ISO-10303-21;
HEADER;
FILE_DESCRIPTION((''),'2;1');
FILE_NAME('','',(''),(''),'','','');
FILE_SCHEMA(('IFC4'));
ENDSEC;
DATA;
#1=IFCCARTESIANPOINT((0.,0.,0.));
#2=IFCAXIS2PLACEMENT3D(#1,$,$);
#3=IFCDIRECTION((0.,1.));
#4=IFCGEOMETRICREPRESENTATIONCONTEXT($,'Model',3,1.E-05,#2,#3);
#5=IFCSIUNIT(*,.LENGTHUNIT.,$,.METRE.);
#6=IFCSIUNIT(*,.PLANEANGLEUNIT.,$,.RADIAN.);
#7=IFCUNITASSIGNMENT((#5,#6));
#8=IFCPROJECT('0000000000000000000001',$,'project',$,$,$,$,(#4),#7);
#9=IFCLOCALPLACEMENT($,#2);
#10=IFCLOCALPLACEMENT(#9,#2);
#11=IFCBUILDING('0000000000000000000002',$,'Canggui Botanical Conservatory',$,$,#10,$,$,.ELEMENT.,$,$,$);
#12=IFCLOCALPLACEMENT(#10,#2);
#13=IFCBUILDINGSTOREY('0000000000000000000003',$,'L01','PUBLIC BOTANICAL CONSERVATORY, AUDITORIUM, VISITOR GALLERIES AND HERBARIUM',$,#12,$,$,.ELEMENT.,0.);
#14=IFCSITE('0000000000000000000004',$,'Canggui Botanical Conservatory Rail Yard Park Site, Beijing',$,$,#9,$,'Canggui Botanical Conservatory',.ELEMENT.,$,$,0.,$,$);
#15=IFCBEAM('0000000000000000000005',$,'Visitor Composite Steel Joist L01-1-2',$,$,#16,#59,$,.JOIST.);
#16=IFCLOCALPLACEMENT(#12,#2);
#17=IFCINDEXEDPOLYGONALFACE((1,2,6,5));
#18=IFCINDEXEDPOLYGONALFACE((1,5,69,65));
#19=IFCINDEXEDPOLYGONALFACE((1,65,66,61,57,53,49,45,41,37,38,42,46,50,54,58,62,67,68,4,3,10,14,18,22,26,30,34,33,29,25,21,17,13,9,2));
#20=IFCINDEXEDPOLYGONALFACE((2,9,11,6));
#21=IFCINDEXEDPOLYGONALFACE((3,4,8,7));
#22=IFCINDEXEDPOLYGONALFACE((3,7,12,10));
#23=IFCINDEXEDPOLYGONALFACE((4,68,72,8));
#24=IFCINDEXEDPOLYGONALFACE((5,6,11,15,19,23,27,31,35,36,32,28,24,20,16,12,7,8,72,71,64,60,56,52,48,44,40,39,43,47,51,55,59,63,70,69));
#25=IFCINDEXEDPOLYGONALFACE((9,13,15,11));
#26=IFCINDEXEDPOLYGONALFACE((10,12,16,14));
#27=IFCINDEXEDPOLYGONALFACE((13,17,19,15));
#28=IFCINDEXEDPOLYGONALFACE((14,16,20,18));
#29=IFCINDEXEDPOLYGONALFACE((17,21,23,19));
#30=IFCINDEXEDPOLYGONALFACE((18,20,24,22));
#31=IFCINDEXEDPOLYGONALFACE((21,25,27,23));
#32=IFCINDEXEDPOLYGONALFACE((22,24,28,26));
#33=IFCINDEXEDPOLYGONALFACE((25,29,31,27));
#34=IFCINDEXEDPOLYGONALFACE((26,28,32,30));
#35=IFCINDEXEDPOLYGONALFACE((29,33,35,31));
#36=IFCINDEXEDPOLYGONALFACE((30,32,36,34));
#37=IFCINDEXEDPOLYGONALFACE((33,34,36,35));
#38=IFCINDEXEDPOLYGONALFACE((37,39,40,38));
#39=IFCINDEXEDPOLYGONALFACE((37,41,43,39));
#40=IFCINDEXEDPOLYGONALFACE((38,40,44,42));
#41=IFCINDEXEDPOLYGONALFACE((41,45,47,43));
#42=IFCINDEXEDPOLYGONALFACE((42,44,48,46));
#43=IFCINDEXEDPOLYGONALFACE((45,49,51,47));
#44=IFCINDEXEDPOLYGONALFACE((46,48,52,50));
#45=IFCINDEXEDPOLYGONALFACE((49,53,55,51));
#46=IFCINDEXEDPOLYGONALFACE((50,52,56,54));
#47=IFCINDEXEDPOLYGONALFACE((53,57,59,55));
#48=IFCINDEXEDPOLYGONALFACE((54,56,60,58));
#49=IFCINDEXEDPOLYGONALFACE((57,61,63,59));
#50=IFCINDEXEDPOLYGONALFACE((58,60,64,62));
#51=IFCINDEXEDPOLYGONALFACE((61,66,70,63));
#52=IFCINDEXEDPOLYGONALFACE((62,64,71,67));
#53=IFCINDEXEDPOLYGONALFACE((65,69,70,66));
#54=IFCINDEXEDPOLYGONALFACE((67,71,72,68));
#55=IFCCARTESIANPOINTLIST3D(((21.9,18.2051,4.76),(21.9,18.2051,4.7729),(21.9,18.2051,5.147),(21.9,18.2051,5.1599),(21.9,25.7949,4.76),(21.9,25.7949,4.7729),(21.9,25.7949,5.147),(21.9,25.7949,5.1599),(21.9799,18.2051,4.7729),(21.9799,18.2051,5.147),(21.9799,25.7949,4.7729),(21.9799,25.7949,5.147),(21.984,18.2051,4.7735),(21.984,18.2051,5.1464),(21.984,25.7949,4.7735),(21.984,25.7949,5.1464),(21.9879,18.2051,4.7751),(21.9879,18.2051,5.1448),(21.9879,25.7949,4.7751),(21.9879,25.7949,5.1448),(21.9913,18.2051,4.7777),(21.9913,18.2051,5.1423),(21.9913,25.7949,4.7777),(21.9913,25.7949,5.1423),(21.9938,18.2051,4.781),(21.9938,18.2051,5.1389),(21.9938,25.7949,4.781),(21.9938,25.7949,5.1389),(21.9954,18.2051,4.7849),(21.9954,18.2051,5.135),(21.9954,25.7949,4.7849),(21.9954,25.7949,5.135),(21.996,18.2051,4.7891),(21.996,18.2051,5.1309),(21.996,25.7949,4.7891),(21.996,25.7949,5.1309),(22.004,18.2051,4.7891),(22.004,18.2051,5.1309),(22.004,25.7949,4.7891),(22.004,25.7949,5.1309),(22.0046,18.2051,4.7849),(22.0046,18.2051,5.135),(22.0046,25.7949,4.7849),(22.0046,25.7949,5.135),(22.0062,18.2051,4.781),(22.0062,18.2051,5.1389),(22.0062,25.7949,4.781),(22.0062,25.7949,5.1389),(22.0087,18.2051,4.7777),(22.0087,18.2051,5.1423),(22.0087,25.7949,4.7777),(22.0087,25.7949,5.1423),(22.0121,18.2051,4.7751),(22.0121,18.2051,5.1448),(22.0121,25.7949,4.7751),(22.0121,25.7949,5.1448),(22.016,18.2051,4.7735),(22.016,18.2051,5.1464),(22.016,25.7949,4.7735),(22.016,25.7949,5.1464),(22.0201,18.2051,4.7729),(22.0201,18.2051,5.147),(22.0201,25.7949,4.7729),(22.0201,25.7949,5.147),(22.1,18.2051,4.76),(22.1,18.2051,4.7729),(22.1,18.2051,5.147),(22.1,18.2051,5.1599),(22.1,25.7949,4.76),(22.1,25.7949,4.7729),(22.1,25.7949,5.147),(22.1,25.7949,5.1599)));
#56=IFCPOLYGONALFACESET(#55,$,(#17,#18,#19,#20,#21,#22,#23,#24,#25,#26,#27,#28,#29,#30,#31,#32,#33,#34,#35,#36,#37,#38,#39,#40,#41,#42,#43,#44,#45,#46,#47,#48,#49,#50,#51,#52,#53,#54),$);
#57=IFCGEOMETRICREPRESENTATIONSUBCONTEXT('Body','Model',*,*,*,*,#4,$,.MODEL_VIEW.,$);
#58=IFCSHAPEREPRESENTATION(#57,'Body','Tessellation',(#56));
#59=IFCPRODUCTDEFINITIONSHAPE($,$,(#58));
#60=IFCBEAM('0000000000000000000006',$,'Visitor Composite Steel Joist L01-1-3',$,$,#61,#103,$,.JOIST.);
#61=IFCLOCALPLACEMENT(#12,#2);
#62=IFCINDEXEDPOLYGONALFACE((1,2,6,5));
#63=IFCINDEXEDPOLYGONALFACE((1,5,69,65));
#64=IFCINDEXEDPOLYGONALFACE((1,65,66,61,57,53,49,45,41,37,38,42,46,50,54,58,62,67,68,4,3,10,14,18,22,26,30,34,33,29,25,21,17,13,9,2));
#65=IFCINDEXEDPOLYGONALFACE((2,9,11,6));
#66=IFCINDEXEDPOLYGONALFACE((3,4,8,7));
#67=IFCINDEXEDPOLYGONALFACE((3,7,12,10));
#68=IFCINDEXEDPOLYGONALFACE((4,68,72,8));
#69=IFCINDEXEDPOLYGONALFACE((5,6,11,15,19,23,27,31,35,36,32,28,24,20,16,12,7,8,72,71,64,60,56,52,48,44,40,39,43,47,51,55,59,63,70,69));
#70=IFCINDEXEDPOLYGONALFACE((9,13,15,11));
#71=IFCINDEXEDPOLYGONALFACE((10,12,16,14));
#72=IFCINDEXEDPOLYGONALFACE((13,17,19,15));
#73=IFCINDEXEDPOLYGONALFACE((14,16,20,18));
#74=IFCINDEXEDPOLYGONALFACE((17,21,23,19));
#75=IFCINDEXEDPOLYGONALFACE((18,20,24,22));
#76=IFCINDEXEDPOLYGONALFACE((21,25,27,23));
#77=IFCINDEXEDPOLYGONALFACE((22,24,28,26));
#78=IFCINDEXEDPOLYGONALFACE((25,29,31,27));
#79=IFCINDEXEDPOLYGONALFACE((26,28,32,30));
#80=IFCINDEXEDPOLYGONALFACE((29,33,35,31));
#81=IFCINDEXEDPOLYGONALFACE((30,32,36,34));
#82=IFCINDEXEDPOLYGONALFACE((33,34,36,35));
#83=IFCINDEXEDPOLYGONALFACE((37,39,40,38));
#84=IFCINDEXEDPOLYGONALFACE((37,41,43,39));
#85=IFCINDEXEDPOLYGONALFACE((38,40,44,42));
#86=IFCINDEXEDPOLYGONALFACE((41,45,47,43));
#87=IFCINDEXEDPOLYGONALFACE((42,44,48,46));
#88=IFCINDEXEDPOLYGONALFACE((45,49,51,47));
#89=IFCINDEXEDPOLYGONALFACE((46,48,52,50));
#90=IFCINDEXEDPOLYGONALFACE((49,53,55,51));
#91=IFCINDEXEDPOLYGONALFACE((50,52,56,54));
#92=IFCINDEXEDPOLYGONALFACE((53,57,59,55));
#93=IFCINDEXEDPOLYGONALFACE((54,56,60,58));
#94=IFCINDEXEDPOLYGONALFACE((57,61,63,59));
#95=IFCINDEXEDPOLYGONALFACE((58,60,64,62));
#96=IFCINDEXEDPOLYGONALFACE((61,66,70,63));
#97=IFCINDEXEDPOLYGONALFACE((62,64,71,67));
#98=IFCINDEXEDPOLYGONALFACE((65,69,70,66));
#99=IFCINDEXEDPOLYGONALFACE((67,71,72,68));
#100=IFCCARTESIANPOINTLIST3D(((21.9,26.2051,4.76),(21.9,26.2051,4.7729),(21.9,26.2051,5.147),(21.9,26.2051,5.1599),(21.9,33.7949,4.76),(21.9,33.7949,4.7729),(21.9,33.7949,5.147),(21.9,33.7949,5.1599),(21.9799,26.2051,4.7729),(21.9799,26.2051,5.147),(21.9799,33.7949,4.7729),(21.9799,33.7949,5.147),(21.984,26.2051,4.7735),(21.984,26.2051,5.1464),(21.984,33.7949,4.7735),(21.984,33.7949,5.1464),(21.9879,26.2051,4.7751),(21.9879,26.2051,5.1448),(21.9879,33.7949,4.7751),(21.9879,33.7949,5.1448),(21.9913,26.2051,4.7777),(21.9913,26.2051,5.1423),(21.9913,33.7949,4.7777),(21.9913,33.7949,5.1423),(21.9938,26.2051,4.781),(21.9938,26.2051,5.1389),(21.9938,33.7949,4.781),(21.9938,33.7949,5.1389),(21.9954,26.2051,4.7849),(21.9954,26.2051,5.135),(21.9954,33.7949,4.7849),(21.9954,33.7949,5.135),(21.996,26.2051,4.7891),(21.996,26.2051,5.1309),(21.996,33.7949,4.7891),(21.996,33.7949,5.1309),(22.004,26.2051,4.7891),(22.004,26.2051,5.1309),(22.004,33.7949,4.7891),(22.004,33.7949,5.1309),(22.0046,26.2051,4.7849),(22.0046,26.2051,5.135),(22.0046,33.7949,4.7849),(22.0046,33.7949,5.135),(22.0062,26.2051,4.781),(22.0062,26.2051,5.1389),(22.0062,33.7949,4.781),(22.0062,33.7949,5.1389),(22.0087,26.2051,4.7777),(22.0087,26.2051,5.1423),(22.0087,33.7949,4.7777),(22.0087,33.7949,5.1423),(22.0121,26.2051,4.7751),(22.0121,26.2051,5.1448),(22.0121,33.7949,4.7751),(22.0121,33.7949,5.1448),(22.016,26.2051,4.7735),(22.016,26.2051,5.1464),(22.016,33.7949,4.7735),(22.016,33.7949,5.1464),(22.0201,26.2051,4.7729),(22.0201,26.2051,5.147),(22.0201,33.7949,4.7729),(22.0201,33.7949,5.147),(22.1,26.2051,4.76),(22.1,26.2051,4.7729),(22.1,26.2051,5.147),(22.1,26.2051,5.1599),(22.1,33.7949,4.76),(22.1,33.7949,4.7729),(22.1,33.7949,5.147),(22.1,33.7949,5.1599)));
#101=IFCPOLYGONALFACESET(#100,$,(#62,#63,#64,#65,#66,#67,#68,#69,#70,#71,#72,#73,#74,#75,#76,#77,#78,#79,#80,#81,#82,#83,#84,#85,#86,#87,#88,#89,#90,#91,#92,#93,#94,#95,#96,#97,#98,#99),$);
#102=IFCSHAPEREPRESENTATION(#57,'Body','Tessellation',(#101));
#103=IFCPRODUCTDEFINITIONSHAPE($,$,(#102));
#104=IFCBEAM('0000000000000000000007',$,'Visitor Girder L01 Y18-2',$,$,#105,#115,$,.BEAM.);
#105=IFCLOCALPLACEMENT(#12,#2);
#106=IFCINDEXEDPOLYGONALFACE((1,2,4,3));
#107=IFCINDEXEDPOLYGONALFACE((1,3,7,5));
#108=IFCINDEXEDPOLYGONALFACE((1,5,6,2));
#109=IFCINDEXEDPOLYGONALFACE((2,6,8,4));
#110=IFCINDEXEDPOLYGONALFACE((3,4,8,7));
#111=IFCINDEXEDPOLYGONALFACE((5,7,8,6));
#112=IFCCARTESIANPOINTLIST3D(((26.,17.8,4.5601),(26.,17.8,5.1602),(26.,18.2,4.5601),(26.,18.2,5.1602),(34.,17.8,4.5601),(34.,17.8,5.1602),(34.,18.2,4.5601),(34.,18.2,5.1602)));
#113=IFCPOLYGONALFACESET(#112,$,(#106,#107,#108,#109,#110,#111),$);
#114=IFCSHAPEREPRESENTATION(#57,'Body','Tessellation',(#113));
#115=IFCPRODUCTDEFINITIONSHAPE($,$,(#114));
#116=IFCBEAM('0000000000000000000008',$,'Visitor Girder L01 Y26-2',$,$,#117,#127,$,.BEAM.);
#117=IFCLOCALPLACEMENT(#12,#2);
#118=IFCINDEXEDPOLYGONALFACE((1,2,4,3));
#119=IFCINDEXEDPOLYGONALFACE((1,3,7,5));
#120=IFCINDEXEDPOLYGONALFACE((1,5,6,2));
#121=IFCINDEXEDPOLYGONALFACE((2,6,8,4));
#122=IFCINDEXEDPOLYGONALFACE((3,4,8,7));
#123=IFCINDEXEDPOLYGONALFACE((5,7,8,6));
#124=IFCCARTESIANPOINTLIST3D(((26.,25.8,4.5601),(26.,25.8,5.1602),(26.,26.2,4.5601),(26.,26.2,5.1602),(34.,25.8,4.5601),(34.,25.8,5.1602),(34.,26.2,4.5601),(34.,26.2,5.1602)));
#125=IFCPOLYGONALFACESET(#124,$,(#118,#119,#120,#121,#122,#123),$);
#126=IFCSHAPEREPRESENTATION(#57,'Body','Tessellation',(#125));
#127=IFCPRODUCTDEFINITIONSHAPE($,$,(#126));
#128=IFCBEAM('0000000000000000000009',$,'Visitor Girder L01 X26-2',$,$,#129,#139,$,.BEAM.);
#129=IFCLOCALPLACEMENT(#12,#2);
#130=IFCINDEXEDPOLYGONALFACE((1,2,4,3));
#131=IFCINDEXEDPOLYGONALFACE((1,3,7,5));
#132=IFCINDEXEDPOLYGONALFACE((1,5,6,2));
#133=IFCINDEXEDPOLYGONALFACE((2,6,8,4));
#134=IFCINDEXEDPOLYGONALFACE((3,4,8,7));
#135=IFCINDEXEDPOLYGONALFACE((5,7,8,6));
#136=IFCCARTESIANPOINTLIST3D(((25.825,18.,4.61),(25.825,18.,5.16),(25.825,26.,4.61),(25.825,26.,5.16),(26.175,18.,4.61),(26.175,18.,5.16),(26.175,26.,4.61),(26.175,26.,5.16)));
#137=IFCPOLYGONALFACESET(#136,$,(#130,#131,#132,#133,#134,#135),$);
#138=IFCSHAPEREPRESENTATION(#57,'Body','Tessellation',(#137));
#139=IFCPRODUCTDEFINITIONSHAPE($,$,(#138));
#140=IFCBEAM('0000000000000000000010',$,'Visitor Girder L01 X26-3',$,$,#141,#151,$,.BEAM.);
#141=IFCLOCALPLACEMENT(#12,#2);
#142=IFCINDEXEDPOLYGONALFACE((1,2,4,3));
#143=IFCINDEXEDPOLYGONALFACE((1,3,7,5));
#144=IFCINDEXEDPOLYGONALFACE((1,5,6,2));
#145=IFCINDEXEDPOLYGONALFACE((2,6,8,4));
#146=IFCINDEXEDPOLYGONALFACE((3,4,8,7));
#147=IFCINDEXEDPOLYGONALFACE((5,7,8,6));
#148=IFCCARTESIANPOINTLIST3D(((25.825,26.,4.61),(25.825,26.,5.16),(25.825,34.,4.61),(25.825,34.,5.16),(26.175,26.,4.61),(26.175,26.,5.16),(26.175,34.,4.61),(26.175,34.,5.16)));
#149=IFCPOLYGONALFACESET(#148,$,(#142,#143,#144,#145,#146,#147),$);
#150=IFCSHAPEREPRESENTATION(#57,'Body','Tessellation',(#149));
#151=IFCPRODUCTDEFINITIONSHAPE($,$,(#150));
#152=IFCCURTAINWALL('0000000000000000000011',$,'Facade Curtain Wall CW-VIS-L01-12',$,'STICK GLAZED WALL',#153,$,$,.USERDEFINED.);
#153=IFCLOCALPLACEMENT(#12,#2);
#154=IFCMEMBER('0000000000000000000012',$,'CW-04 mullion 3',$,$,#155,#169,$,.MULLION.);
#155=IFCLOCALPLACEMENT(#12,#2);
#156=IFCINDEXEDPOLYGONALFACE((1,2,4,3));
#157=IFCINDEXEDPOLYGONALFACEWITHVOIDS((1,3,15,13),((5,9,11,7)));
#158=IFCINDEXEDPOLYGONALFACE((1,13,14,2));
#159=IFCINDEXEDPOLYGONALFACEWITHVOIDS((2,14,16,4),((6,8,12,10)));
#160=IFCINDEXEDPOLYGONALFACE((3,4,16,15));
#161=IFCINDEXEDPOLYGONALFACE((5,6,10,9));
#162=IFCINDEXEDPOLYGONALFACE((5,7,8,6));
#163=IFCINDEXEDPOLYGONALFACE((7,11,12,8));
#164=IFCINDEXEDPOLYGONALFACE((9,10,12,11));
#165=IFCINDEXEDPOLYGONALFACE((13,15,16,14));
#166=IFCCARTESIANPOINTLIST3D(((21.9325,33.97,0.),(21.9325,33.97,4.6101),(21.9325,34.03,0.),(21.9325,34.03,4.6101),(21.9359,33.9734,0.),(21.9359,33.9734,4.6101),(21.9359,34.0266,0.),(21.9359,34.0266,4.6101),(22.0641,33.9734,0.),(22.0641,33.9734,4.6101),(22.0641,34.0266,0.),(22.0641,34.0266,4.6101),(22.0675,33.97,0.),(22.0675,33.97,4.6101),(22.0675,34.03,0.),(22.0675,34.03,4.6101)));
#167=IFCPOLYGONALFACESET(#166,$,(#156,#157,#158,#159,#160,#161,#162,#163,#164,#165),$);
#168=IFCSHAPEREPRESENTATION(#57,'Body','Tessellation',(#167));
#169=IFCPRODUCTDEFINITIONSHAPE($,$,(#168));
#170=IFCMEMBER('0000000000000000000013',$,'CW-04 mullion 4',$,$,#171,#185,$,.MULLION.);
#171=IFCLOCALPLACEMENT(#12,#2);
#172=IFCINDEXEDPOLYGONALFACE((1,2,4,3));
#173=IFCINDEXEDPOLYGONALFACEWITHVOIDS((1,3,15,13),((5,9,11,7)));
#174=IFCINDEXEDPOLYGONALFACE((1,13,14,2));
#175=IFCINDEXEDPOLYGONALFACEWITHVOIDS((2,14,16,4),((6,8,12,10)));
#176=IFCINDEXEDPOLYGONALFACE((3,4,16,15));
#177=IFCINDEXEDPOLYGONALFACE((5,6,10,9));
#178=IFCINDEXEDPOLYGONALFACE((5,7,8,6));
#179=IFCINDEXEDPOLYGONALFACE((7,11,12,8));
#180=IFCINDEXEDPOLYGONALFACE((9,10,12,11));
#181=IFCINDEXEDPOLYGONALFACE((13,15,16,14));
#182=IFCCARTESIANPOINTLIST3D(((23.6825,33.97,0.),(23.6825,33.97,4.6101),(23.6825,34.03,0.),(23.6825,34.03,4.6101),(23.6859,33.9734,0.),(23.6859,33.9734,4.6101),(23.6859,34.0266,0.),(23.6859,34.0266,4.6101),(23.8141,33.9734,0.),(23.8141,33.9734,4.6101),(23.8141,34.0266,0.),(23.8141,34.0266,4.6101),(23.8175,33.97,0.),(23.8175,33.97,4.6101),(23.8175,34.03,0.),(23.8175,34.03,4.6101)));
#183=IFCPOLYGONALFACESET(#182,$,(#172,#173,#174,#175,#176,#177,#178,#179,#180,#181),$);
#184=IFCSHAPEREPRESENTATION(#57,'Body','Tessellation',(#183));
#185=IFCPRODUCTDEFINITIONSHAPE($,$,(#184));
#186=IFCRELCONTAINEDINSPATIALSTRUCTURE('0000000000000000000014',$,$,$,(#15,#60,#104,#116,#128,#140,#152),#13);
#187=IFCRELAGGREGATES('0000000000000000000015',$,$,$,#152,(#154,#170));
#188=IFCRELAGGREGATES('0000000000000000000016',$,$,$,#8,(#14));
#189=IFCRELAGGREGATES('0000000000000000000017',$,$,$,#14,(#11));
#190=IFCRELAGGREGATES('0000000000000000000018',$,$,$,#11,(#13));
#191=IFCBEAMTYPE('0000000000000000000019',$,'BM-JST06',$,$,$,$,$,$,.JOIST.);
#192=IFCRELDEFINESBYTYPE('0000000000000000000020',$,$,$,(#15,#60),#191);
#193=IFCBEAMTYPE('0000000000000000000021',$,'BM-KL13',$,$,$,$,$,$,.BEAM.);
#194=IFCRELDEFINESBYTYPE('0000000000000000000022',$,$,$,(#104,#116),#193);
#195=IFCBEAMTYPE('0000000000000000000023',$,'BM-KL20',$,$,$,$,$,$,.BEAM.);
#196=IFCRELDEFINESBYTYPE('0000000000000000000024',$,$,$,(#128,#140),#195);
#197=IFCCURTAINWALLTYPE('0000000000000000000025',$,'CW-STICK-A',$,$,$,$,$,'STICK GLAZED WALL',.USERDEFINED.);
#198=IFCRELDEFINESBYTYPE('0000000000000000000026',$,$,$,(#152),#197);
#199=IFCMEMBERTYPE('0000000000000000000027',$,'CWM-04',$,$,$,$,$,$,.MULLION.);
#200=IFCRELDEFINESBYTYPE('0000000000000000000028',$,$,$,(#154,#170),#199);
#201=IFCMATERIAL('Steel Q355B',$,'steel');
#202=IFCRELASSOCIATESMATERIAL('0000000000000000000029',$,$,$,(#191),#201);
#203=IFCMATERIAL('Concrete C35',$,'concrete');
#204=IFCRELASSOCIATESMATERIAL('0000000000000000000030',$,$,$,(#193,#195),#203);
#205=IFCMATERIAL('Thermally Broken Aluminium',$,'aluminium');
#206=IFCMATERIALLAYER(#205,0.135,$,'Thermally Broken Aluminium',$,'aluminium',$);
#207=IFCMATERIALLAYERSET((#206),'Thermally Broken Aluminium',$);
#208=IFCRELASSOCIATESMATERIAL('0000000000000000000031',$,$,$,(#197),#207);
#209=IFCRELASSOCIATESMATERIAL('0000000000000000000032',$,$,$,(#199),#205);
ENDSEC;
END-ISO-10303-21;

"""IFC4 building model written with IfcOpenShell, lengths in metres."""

from ifc_helpers import new_model, si_unit, direction, frame, origin, origin_2d, place, context, subcontext, project, spatial, rectangle, hollow_rectangle, i_section, extrude, material, layer, layer_set, material_profile, profile_set, type_object, element, aggregate, save


model = new_model("IFC4")

# Units and contexts
model_context = context("Model", 3, precision=1e-05, world=origin(), true_north=direction((0.0, 1.0)))
body_context = subcontext(model_context, "Body", "Model", "MODEL_VIEW")
ifc_project = project(units=[si_unit("LENGTHUNIT", "METRE"), si_unit("PLANEANGLEUNIT", "RADIAN")], contexts=[model_context])

# Site, building, storey
site_placement = place(None, origin())
site = spatial("IfcSite", under=ifc_project, at=site_placement, Name="Canggui Botanical Conservatory Rail Yard Park Site, Beijing", LongName="Canggui Botanical Conservatory", CompositionType="ELEMENT", RefElevation=0.0)
building_placement = place(site_placement, origin())
building = spatial("IfcBuilding", under=site, at=building_placement, Name="Canggui Botanical Conservatory", CompositionType="ELEMENT")
storey_placement = place(building_placement, origin())
storey = spatial("IfcBuildingStorey", under=building, at=storey_placement, Name="L01", Description="PUBLIC BOTANICAL CONSERVATORY, AUDITORIUM, VISITOR GALLERIES AND HERBARIUM", CompositionType="ELEMENT", Elevation=0.0)

# Shared definitions
ifc_material_1 = material(Name="Concrete C35", Category="concrete")

# Beams
ifc_material_2 = material(Name="Steel Q355B", Category="steel")
ifc_material_profile_1 = material_profile(ifc_material_2, i_section(OverallWidth=0.2, OverallDepth=0.3999, WebThickness=0.0081, FlangeThickness=0.0129, FilletRadius=0.0161, at=origin_2d()), Name="HN 400x200x8x13")
ifc_profile_set_1 = profile_set([ifc_material_profile_1], Name="Steel Q355B")
beam_type_1 = type_object("IfcBeamType", Name="BM-JST06", PredefinedType="JOIST", material=ifc_profile_set_1)
for number, where, z_axis, x_axis, name in (
    (1, (22.0, 18.2051, 4.96), (0.0, 1.0, 0.0), (-1.0, 0.0, 0.0), "Visitor Composite Steel Joist L01-1-2"),
    (2, (22.0, 26.2051, 4.96), (0.0, 1.0, 0.0), (-1.0, 0.0, 0.0), "Visitor Composite Steel Joist L01-1-3"),
):
    element("IfcBeam", number, at=place(storey_placement, frame(where, z_axis=z_axis, x_axis=x_axis)), inside=storey, type_object=beam_type_1, Name=name, PredefinedType="JOIST", context=body_context, shape_type="SweptSolid", body=[
        extrude(i_section(OverallWidth=0.2, OverallDepth=0.3999, WebThickness=0.0081, FlangeThickness=0.0129, FilletRadius=0.0161, at=origin_2d()), origin(), (0.0, 0.0, 1.0), 7.5898),
    ])
ifc_material_profile_2 = material_profile(ifc_material_1, rectangle(XDim=0.3999, YDim=0.6001, at=origin_2d()), Name="RB 400x600")
ifc_profile_set_2 = profile_set([ifc_material_profile_2], Name="Concrete C35")
beam_type_2 = type_object("IfcBeamType", Name="BM-KL13", PredefinedType="BEAM", material=ifc_profile_set_2)
for number, where, z_axis, x_axis, name in (
    (3, (26.0, 18.0, 4.8601), (1.0, 0.0, 0.0), (0.0, 1.0, 0.0), "Visitor Girder L01 Y18-2"),
    (4, (26.0, 26.0, 4.8601), (1.0, 0.0, 0.0), (0.0, 1.0, 0.0), "Visitor Girder L01 Y26-2"),
):
    element("IfcBeam", number, at=place(storey_placement, frame(where, z_axis=z_axis, x_axis=x_axis)), inside=storey, type_object=beam_type_2, Name=name, PredefinedType="BEAM", context=body_context, shape_type="SweptSolid", body=[
        extrude(rectangle(XDim=0.3999, YDim=0.6001, at=origin_2d()), origin(), (0.0, 0.0, 1.0), 8.0),
    ])
ifc_material_profile_3 = material_profile(ifc_material_1, rectangle(XDim=0.3501, YDim=0.55, at=origin_2d()), Name="RB 350x550")
ifc_profile_set_3 = profile_set([ifc_material_profile_3], Name="Concrete C35")
beam_type_3 = type_object("IfcBeamType", Name="BM-KL20", PredefinedType="BEAM", material=ifc_profile_set_3)
for number, where, z_axis, x_axis, name in (
    (5, (26.0, 18.0, 4.885), (0.0, 1.0, 0.0), (-1.0, 0.0, 0.0), "Visitor Girder L01 X26-2"),
    (6, (26.0, 26.0, 4.885), (0.0, 1.0, 0.0), (-1.0, 0.0, 0.0), "Visitor Girder L01 X26-3"),
):
    element("IfcBeam", number, at=place(storey_placement, frame(where, z_axis=z_axis, x_axis=x_axis)), inside=storey, type_object=beam_type_3, Name=name, PredefinedType="BEAM", context=body_context, shape_type="SweptSolid", body=[
        extrude(rectangle(XDim=0.3501, YDim=0.55, at=origin_2d()), origin(), (0.0, 0.0, 1.0), 8.0),
    ])

# Curtain wall, members
ifc_material_3 = material(Name="Thermally Broken Aluminium", Category="aluminium")
ifc_layer_1 = layer(ifc_material_3, 0.135, Name="Thermally Broken Aluminium", Category="aluminium")
ifc_layer_set_1 = layer_set([ifc_layer_1], Name="Thermally Broken Aluminium")
curtain_wall_type = type_object("IfcCurtainWallType", Name="CW-STICK-A", ElementType="STICK GLAZED WALL", PredefinedType="USERDEFINED", material=ifc_layer_set_1)
curtain_wall_placement = place(storey_placement, origin())
curtain_wall = element("IfcCurtainWall", 7, at=curtain_wall_placement, inside=storey, type_object=curtain_wall_type, Name="Facade Curtain Wall CW-VIS-L01-12", ObjectType="STICK GLAZED WALL", PredefinedType="USERDEFINED")
ifc_material_profile_4 = material_profile(ifc_material_3, hollow_rectangle(XDim=0.0601, YDim=0.135, WallThickness=0.0034, at=origin_2d()), Name="CWM 60x135x3.5")
ifc_profile_set_4 = profile_set([ifc_material_profile_4], Name="Thermally Broken Aluminium")
member_type_1 = type_object("IfcMemberType", Name="CWM-04", PredefinedType="MULLION", material=ifc_profile_set_4)
member_1_placement = place(storey_placement, frame((22.0, 34.0, 0.0), z_axis=(0.0, 0.0, 1.0), x_axis=(0.0, 1.0, 0.0)))
member_1 = element("IfcMember", 8, at=member_1_placement, type_object=member_type_1, Name="CW-04 mullion 3", PredefinedType="MULLION", context=body_context, shape_type="SweptSolid", body=[
    extrude(hollow_rectangle(XDim=0.0601, YDim=0.135, WallThickness=0.0034, at=origin_2d()), origin(), (0.0, 0.0, 1.0), 4.6101),
])
member_2_placement = place(storey_placement, frame((23.75, 34.0, 0.0), z_axis=(0.0, 0.0, 1.0), x_axis=(0.0, 1.0, 0.0)))
member_2 = element("IfcMember", 9, at=member_2_placement, type_object=member_type_1, Name="CW-04 mullion 4", PredefinedType="MULLION", context=body_context, shape_type="SweptSolid", body=[
    extrude(hollow_rectangle(XDim=0.0601, YDim=0.135, WallThickness=0.0034, at=origin_2d()), origin(), (0.0, 0.0, 1.0), 4.6101),
])
aggregate(curtain_wall, [member_1, member_2])

save(model, "model.ifc")
